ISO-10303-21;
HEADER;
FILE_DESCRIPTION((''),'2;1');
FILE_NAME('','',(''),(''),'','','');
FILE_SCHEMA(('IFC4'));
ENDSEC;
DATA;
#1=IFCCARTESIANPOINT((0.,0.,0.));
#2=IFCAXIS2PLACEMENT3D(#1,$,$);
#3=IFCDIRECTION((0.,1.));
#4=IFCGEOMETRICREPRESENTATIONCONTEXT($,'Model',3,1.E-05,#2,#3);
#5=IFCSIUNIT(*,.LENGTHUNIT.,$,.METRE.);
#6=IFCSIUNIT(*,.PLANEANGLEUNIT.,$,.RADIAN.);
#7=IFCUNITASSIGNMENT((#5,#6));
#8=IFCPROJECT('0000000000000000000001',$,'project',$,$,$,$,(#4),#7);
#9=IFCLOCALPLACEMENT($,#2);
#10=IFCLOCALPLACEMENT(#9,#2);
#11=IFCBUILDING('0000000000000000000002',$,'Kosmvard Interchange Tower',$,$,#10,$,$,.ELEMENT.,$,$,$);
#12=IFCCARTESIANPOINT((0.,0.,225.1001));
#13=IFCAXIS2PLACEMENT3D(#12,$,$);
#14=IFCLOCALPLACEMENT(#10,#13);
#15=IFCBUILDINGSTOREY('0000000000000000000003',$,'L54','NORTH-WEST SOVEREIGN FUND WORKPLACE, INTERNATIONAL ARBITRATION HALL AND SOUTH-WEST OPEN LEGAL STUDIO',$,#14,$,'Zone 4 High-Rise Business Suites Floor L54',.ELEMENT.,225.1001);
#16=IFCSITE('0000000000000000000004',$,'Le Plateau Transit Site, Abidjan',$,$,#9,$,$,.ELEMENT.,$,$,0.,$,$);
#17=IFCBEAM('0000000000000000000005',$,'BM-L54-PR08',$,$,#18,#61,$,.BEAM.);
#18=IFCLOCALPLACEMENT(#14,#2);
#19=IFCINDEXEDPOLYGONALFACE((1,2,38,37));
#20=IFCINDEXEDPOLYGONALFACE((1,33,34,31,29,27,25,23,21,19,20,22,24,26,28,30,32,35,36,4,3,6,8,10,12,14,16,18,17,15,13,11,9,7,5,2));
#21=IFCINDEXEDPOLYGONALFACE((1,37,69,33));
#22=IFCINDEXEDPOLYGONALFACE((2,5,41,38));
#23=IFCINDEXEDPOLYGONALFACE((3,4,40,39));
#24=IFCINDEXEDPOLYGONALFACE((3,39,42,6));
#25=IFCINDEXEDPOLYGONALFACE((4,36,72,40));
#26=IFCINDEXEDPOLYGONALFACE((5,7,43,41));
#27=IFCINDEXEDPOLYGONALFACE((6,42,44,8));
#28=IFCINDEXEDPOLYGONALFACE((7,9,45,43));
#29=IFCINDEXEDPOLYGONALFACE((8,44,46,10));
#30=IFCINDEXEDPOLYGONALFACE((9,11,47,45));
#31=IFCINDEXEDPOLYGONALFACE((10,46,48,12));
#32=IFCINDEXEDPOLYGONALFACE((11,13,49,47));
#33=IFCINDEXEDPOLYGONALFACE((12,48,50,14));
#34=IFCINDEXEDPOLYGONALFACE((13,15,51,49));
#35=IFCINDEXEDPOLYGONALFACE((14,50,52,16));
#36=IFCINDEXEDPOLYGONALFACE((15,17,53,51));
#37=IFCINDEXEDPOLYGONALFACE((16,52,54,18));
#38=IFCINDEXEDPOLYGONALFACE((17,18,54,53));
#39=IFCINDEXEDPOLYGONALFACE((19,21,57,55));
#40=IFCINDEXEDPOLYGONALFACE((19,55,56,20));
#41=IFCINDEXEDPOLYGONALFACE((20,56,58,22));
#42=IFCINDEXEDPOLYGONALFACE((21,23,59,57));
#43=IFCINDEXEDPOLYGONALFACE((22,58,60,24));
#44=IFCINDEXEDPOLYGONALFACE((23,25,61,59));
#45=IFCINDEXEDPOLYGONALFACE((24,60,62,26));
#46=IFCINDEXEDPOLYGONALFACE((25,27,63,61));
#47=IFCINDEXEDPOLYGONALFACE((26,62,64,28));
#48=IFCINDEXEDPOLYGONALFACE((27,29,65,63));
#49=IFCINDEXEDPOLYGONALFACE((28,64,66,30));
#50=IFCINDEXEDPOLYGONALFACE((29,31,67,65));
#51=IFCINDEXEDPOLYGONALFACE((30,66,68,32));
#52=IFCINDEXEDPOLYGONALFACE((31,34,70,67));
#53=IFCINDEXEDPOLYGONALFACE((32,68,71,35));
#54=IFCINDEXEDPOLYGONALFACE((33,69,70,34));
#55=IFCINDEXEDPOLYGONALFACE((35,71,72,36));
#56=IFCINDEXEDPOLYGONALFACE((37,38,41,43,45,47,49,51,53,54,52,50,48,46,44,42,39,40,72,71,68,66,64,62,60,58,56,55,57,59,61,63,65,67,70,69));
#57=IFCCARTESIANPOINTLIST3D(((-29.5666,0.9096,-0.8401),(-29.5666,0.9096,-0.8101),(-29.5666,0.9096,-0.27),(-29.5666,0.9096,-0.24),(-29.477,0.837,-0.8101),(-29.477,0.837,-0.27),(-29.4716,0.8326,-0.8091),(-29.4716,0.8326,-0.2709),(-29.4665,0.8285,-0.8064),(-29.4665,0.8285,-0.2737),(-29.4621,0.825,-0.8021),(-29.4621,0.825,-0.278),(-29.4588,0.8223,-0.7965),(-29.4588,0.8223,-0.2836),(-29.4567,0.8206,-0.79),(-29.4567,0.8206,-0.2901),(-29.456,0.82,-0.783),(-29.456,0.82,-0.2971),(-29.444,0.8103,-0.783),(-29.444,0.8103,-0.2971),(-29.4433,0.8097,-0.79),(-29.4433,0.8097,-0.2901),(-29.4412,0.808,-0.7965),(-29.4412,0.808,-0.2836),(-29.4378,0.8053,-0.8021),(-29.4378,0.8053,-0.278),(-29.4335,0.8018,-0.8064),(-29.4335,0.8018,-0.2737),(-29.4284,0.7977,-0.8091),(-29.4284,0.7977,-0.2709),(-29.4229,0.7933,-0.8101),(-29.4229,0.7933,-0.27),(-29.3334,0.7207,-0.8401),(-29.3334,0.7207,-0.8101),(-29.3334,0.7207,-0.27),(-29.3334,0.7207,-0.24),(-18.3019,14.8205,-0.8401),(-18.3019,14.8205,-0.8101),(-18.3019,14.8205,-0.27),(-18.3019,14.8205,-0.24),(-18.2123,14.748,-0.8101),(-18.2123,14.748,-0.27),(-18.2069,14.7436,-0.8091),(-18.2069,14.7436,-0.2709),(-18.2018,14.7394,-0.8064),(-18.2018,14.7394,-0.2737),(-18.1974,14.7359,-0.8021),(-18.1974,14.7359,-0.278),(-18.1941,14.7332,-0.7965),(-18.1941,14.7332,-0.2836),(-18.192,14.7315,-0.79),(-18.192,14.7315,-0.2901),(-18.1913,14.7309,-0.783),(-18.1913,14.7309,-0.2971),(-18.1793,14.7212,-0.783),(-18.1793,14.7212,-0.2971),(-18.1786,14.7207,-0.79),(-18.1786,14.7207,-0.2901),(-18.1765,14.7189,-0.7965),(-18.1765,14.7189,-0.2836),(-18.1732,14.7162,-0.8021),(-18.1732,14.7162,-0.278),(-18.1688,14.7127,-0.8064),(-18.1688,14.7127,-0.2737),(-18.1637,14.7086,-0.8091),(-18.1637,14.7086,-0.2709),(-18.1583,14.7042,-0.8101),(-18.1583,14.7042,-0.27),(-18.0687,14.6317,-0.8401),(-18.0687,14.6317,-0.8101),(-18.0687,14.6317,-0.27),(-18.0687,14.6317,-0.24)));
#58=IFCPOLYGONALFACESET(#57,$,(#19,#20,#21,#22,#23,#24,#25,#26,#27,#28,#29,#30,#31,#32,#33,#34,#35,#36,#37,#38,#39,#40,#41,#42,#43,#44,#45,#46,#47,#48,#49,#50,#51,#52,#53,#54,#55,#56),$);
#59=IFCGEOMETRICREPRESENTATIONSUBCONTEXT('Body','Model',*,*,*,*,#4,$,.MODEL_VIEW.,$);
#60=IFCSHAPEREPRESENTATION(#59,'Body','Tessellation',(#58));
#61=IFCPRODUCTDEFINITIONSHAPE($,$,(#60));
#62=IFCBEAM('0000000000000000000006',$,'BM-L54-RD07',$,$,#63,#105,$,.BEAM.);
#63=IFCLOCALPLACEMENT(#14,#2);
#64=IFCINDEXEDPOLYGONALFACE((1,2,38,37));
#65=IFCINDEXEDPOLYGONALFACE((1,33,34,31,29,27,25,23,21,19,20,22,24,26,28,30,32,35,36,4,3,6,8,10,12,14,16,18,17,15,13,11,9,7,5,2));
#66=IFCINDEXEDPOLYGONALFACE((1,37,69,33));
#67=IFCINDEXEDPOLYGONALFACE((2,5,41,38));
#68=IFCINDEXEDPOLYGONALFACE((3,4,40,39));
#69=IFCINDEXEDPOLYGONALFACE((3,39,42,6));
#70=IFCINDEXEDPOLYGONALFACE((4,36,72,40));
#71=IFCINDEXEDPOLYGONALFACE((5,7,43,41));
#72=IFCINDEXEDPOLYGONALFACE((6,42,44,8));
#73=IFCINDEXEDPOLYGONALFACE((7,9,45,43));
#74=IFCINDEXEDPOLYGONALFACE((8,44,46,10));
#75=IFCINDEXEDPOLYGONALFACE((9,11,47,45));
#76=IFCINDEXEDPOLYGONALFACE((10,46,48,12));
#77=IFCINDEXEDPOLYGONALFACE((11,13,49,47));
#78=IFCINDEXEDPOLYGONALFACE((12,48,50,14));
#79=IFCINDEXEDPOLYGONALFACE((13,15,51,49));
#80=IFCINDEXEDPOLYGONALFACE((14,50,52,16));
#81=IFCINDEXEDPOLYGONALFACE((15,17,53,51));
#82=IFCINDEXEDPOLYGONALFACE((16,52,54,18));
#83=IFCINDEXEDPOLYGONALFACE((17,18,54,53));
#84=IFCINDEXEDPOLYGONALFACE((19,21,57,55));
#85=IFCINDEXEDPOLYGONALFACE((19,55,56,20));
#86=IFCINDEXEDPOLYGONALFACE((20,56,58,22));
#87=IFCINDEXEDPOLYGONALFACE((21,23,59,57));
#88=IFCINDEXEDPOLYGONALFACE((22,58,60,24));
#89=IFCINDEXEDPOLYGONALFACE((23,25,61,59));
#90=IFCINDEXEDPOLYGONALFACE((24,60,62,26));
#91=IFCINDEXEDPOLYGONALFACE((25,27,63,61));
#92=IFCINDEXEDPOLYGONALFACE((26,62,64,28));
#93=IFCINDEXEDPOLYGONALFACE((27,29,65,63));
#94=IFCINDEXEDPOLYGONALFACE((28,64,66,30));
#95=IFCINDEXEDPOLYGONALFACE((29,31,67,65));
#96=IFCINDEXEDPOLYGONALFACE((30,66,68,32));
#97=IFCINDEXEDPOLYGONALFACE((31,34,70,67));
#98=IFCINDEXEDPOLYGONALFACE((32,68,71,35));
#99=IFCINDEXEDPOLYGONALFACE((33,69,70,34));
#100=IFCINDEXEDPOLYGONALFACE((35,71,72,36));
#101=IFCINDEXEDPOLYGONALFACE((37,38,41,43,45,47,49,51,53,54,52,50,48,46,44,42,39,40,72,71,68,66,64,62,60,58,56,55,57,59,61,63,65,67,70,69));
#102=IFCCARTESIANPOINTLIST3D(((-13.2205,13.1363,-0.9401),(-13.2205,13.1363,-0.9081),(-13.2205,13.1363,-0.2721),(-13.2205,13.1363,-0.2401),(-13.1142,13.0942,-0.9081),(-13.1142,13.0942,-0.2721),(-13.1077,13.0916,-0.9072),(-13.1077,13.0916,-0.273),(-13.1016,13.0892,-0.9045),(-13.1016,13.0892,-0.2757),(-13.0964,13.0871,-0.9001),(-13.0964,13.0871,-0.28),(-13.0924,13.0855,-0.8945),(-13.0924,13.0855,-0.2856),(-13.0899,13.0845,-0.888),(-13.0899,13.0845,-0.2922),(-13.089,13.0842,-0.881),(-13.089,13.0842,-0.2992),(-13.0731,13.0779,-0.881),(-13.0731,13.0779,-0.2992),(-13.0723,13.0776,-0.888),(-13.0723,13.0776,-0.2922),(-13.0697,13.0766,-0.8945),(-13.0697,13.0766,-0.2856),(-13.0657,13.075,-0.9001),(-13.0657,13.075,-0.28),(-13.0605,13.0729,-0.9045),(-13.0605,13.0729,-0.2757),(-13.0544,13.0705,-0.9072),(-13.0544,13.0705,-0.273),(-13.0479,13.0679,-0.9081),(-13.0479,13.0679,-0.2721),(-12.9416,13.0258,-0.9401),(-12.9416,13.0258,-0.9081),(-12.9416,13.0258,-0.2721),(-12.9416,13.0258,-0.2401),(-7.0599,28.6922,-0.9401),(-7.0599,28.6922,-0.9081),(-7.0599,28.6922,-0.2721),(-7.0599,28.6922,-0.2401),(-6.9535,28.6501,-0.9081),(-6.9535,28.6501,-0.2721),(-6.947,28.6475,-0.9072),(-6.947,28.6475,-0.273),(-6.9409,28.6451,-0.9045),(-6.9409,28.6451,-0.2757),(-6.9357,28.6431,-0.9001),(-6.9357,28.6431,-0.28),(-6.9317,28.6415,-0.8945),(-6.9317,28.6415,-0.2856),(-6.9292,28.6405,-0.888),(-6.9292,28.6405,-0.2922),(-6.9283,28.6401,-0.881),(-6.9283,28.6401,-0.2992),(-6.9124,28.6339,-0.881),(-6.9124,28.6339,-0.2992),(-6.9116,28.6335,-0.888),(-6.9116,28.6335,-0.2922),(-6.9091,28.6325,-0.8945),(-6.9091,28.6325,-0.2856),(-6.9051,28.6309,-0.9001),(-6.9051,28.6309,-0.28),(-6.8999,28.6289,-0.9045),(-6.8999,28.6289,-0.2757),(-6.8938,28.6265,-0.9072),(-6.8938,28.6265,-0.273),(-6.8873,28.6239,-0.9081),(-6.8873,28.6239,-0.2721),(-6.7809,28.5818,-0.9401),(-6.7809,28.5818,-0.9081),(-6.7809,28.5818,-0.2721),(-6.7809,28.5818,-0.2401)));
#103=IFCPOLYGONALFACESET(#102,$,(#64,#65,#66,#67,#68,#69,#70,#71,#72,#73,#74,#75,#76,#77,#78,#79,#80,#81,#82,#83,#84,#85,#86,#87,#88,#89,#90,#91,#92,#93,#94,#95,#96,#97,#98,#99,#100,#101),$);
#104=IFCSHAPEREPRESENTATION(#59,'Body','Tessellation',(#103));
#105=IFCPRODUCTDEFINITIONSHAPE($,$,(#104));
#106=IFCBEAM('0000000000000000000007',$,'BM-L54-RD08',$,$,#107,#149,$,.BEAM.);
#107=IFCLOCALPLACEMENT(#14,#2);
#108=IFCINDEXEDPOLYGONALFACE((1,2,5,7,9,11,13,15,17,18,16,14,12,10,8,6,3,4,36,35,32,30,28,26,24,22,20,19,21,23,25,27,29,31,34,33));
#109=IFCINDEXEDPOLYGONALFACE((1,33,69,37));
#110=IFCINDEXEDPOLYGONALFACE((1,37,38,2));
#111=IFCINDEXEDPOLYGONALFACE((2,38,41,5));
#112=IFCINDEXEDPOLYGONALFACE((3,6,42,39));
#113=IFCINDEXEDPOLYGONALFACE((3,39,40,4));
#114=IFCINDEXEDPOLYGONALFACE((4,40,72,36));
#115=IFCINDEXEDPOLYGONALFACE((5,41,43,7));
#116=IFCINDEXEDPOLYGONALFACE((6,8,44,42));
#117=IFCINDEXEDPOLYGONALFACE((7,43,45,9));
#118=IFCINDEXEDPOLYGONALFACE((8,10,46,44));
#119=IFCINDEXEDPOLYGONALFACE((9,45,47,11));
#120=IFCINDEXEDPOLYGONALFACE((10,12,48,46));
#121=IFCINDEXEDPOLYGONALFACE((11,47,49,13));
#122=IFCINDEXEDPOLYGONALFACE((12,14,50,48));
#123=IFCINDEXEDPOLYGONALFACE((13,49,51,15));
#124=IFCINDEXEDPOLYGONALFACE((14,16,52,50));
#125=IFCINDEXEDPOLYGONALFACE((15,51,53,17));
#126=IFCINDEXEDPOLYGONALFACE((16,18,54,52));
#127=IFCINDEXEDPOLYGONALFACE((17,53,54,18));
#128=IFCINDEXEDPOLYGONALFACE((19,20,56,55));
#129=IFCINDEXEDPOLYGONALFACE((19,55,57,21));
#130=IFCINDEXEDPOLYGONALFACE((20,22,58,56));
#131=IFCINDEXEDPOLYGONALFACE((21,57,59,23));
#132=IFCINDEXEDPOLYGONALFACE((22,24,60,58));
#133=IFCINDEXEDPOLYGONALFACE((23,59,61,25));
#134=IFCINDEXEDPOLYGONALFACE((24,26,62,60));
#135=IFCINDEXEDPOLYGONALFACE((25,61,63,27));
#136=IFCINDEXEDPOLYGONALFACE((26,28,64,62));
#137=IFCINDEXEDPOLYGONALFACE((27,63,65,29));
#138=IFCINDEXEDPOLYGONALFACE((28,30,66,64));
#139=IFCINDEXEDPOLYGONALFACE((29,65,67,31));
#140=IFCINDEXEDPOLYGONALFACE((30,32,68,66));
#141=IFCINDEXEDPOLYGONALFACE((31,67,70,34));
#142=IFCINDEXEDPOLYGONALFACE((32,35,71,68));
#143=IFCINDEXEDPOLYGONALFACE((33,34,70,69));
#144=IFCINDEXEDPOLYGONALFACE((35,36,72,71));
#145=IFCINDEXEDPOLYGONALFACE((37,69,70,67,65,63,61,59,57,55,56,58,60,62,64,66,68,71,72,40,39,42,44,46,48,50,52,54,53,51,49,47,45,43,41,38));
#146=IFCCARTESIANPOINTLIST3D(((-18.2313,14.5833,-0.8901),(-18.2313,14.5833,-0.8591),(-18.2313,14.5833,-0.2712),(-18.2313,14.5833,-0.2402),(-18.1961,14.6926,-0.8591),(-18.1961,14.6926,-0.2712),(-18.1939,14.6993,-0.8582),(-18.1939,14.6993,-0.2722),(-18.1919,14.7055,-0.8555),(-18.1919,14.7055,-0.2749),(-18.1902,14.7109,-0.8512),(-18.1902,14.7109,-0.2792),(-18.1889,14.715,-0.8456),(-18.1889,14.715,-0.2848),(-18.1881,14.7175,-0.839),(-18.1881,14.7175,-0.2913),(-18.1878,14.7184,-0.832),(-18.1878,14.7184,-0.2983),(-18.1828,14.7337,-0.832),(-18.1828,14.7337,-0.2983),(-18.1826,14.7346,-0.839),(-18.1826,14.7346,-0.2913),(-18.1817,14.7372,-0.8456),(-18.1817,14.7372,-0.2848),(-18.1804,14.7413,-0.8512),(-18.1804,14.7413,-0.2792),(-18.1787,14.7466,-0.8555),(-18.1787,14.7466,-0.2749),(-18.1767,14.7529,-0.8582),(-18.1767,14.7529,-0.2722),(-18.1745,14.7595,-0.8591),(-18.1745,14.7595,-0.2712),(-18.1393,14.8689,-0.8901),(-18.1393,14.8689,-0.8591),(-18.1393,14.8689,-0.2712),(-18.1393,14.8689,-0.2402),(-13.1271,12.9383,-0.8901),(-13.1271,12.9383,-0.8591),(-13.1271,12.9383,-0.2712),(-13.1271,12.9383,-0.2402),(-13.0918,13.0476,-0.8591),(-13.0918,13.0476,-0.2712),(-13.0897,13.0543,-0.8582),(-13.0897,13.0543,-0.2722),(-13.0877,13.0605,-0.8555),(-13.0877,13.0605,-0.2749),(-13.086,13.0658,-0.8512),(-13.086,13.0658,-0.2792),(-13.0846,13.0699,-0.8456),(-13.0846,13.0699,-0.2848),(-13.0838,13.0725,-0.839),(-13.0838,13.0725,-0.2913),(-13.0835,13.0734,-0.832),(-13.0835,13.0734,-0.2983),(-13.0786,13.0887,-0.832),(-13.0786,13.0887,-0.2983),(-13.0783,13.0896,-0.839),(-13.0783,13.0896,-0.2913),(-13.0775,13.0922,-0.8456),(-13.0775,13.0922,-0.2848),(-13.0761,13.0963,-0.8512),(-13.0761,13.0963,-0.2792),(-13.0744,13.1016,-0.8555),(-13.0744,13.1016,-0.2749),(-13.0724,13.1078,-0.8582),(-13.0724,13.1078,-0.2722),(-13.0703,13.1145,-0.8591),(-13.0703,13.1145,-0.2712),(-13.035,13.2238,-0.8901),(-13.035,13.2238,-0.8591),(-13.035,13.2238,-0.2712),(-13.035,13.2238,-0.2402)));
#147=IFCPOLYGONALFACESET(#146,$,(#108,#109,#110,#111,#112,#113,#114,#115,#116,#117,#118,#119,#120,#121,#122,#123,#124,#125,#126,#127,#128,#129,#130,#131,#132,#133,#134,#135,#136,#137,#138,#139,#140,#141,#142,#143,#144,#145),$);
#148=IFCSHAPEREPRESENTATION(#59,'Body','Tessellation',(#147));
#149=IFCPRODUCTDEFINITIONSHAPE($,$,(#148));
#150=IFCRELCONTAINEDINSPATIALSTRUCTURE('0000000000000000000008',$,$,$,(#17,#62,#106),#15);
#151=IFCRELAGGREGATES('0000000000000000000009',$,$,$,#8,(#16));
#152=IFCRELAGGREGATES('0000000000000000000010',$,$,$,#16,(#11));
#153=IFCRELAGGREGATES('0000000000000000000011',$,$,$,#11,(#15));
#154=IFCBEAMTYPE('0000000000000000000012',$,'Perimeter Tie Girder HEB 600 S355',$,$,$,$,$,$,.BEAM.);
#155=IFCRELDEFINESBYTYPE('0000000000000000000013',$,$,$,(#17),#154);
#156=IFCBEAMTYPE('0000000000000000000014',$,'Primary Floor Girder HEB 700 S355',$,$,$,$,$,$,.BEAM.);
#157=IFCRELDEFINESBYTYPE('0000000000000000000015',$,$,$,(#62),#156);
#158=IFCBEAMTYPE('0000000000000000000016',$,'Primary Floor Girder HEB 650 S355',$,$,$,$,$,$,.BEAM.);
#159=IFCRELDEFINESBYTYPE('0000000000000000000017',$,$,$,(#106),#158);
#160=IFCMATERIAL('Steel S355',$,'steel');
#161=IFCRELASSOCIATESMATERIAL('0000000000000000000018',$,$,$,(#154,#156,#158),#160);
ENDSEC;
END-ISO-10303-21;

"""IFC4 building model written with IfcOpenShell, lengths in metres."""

from ifc_helpers import new_model, si_unit, direction, frame, origin, origin_2d, place, context, subcontext, project, spatial, i_section, extrude, source, transform, mapped, material, material_profile, profile_set, type_object, element, save


model = new_model("IFC4")

# Units and contexts
model_context = context("Model", 3, precision=1e-05, world=origin(), true_north=direction((0.0, 1.0)))
body_context = subcontext(model_context, "Body", "Model", "MODEL_VIEW")
ifc_project = project(units=[si_unit("LENGTHUNIT", "METRE"), si_unit("PLANEANGLEUNIT", "RADIAN")], contexts=[model_context])

# Site, building, storey
site_placement = place(None, origin())
site = spatial("IfcSite", under=ifc_project, at=site_placement, Name="Le Plateau Transit Site, Abidjan", CompositionType="ELEMENT", RefElevation=0.0)
building_placement = place(site_placement, origin())
building = spatial("IfcBuilding", under=site, at=building_placement, Name="Kosmvard Interchange Tower", CompositionType="ELEMENT")
storey_placement = place(building_placement, frame((0.0, 0.0, 225.1001)))
storey = spatial("IfcBuildingStorey", under=building, at=storey_placement, Name="L54", Description="NORTH-WEST SOVEREIGN FUND WORKPLACE, INTERNATIONAL ARBITRATION HALL AND SOUTH-WEST OPEN LEGAL STUDIO", LongName="Zone 4 High-Rise Business Suites Floor L54", CompositionType="ELEMENT", Elevation=225.1001)

# Beams
ifc_material_1 = material(Name="Steel S355", Category="steel")
ifc_material_profile_1 = material_profile(ifc_material_1, i_section(OverallWidth=0.3, OverallDepth=0.6001, WebThickness=0.0154, FlangeThickness=0.03, FilletRadius=0.0271, at=origin_2d()), Name="HEB 600")
ifc_profile_set_1 = profile_set([ifc_material_profile_1], Name="Steel S355")
beam_type_1 = type_object("IfcBeamType", Name="Perimeter Tie Girder HEB 600 S355", PredefinedType="BEAM", material=ifc_profile_set_1)
shared_shape_1 = source(origin(), body_context, "Body", "SweptSolid", [
    extrude(i_section(OverallWidth=0.3, OverallDepth=0.6001, WebThickness=0.0154, FlangeThickness=0.03, FilletRadius=0.0271, at=origin_2d()), origin(), (0.0, 0.0, 1.0), 17.8999),
])
for number, where, z_axis, x_axis, name in (
    (1, (-18.1853, 14.7261, -0.54), (-0.629315, -0.777151, 0.0), (0.777151, -0.629315, 0.0), "BM-L54-PR08"),
):
    element("IfcBeam", number, at=place(storey_placement, frame(where, z_axis=z_axis, x_axis=x_axis)), inside=storey, type_object=beam_type_1, Name=name, PredefinedType="BEAM", context=body_context, shape_type="MappedRepresentation", body=[
        mapped(shared_shape_1, transform((0.0, 0.0, 0.0), scale=1.0)),
    ])
ifc_material_profile_2 = material_profile(ifc_material_1, i_section(OverallWidth=0.3, OverallDepth=0.7, WebThickness=0.0171, FlangeThickness=0.032, FilletRadius=0.0271, at=origin_2d()), Name="HEB 700")
ifc_profile_set_2 = profile_set([ifc_material_profile_2], Name="Steel S355")
beam_type_2 = type_object("IfcBeamType", Name="Primary Floor Girder HEB 700 S355", PredefinedType="BEAM", material=ifc_profile_set_2)
shared_shape_2 = source(origin(), body_context, "Body", "SweptSolid", [
    extrude(i_section(OverallWidth=0.3, OverallDepth=0.7, WebThickness=0.0171, FlangeThickness=0.032, FilletRadius=0.0271, at=origin_2d()), origin(), (0.0, 0.0, 1.0), 16.7314),
])
beam_1_placement = place(storey_placement, frame((-13.0811, 13.0811, -0.5901), z_axis=(0.368209, 0.929743, 0.0), x_axis=(-0.929743, 0.368209, 0.0)))
element("IfcBeam", 2, at=beam_1_placement, inside=storey, type_object=beam_type_2, Name="BM-L54-RD07", PredefinedType="BEAM", context=body_context, shape_type="MappedRepresentation", body=[
    mapped(shared_shape_2, transform((0.0, 0.0, 0.0), scale=1.0)),
])
ifc_material_profile_3 = material_profile(ifc_material_1, i_section(OverallWidth=0.3, OverallDepth=0.6499, WebThickness=0.0161, FlangeThickness=0.031, FilletRadius=0.0271, at=origin_2d()), Name="HEB 650")
ifc_profile_set_3 = profile_set([ifc_material_profile_3], Name="Steel S355")
beam_type_3 = type_object("IfcBeamType", Name="Primary Floor Girder HEB 650 S355", PredefinedType="BEAM", material=ifc_profile_set_3)
shared_shape_3 = source(origin(), body_context, "Body", "SweptSolid", [
    extrude(i_section(OverallWidth=0.3, OverallDepth=0.6499, WebThickness=0.0161, FlangeThickness=0.031, FilletRadius=0.0271, at=origin_2d()), origin(), (0.0, 0.0, 1.0), 5.3628),
])
beam_2_placement = place(storey_placement, frame((-13.0811, 13.0811, -0.5652), z_axis=(-0.951791, 0.306747, 0.0), x_axis=(-0.306747, -0.951791, 0.0)))
element("IfcBeam", 3, at=beam_2_placement, inside=storey, type_object=beam_type_3, Name="BM-L54-RD08", PredefinedType="BEAM", context=body_context, shape_type="MappedRepresentation", body=[
    mapped(shared_shape_3, transform((0.0, 0.0, 0.0), scale=1.0)),
])

save(model, "model.ifc")
